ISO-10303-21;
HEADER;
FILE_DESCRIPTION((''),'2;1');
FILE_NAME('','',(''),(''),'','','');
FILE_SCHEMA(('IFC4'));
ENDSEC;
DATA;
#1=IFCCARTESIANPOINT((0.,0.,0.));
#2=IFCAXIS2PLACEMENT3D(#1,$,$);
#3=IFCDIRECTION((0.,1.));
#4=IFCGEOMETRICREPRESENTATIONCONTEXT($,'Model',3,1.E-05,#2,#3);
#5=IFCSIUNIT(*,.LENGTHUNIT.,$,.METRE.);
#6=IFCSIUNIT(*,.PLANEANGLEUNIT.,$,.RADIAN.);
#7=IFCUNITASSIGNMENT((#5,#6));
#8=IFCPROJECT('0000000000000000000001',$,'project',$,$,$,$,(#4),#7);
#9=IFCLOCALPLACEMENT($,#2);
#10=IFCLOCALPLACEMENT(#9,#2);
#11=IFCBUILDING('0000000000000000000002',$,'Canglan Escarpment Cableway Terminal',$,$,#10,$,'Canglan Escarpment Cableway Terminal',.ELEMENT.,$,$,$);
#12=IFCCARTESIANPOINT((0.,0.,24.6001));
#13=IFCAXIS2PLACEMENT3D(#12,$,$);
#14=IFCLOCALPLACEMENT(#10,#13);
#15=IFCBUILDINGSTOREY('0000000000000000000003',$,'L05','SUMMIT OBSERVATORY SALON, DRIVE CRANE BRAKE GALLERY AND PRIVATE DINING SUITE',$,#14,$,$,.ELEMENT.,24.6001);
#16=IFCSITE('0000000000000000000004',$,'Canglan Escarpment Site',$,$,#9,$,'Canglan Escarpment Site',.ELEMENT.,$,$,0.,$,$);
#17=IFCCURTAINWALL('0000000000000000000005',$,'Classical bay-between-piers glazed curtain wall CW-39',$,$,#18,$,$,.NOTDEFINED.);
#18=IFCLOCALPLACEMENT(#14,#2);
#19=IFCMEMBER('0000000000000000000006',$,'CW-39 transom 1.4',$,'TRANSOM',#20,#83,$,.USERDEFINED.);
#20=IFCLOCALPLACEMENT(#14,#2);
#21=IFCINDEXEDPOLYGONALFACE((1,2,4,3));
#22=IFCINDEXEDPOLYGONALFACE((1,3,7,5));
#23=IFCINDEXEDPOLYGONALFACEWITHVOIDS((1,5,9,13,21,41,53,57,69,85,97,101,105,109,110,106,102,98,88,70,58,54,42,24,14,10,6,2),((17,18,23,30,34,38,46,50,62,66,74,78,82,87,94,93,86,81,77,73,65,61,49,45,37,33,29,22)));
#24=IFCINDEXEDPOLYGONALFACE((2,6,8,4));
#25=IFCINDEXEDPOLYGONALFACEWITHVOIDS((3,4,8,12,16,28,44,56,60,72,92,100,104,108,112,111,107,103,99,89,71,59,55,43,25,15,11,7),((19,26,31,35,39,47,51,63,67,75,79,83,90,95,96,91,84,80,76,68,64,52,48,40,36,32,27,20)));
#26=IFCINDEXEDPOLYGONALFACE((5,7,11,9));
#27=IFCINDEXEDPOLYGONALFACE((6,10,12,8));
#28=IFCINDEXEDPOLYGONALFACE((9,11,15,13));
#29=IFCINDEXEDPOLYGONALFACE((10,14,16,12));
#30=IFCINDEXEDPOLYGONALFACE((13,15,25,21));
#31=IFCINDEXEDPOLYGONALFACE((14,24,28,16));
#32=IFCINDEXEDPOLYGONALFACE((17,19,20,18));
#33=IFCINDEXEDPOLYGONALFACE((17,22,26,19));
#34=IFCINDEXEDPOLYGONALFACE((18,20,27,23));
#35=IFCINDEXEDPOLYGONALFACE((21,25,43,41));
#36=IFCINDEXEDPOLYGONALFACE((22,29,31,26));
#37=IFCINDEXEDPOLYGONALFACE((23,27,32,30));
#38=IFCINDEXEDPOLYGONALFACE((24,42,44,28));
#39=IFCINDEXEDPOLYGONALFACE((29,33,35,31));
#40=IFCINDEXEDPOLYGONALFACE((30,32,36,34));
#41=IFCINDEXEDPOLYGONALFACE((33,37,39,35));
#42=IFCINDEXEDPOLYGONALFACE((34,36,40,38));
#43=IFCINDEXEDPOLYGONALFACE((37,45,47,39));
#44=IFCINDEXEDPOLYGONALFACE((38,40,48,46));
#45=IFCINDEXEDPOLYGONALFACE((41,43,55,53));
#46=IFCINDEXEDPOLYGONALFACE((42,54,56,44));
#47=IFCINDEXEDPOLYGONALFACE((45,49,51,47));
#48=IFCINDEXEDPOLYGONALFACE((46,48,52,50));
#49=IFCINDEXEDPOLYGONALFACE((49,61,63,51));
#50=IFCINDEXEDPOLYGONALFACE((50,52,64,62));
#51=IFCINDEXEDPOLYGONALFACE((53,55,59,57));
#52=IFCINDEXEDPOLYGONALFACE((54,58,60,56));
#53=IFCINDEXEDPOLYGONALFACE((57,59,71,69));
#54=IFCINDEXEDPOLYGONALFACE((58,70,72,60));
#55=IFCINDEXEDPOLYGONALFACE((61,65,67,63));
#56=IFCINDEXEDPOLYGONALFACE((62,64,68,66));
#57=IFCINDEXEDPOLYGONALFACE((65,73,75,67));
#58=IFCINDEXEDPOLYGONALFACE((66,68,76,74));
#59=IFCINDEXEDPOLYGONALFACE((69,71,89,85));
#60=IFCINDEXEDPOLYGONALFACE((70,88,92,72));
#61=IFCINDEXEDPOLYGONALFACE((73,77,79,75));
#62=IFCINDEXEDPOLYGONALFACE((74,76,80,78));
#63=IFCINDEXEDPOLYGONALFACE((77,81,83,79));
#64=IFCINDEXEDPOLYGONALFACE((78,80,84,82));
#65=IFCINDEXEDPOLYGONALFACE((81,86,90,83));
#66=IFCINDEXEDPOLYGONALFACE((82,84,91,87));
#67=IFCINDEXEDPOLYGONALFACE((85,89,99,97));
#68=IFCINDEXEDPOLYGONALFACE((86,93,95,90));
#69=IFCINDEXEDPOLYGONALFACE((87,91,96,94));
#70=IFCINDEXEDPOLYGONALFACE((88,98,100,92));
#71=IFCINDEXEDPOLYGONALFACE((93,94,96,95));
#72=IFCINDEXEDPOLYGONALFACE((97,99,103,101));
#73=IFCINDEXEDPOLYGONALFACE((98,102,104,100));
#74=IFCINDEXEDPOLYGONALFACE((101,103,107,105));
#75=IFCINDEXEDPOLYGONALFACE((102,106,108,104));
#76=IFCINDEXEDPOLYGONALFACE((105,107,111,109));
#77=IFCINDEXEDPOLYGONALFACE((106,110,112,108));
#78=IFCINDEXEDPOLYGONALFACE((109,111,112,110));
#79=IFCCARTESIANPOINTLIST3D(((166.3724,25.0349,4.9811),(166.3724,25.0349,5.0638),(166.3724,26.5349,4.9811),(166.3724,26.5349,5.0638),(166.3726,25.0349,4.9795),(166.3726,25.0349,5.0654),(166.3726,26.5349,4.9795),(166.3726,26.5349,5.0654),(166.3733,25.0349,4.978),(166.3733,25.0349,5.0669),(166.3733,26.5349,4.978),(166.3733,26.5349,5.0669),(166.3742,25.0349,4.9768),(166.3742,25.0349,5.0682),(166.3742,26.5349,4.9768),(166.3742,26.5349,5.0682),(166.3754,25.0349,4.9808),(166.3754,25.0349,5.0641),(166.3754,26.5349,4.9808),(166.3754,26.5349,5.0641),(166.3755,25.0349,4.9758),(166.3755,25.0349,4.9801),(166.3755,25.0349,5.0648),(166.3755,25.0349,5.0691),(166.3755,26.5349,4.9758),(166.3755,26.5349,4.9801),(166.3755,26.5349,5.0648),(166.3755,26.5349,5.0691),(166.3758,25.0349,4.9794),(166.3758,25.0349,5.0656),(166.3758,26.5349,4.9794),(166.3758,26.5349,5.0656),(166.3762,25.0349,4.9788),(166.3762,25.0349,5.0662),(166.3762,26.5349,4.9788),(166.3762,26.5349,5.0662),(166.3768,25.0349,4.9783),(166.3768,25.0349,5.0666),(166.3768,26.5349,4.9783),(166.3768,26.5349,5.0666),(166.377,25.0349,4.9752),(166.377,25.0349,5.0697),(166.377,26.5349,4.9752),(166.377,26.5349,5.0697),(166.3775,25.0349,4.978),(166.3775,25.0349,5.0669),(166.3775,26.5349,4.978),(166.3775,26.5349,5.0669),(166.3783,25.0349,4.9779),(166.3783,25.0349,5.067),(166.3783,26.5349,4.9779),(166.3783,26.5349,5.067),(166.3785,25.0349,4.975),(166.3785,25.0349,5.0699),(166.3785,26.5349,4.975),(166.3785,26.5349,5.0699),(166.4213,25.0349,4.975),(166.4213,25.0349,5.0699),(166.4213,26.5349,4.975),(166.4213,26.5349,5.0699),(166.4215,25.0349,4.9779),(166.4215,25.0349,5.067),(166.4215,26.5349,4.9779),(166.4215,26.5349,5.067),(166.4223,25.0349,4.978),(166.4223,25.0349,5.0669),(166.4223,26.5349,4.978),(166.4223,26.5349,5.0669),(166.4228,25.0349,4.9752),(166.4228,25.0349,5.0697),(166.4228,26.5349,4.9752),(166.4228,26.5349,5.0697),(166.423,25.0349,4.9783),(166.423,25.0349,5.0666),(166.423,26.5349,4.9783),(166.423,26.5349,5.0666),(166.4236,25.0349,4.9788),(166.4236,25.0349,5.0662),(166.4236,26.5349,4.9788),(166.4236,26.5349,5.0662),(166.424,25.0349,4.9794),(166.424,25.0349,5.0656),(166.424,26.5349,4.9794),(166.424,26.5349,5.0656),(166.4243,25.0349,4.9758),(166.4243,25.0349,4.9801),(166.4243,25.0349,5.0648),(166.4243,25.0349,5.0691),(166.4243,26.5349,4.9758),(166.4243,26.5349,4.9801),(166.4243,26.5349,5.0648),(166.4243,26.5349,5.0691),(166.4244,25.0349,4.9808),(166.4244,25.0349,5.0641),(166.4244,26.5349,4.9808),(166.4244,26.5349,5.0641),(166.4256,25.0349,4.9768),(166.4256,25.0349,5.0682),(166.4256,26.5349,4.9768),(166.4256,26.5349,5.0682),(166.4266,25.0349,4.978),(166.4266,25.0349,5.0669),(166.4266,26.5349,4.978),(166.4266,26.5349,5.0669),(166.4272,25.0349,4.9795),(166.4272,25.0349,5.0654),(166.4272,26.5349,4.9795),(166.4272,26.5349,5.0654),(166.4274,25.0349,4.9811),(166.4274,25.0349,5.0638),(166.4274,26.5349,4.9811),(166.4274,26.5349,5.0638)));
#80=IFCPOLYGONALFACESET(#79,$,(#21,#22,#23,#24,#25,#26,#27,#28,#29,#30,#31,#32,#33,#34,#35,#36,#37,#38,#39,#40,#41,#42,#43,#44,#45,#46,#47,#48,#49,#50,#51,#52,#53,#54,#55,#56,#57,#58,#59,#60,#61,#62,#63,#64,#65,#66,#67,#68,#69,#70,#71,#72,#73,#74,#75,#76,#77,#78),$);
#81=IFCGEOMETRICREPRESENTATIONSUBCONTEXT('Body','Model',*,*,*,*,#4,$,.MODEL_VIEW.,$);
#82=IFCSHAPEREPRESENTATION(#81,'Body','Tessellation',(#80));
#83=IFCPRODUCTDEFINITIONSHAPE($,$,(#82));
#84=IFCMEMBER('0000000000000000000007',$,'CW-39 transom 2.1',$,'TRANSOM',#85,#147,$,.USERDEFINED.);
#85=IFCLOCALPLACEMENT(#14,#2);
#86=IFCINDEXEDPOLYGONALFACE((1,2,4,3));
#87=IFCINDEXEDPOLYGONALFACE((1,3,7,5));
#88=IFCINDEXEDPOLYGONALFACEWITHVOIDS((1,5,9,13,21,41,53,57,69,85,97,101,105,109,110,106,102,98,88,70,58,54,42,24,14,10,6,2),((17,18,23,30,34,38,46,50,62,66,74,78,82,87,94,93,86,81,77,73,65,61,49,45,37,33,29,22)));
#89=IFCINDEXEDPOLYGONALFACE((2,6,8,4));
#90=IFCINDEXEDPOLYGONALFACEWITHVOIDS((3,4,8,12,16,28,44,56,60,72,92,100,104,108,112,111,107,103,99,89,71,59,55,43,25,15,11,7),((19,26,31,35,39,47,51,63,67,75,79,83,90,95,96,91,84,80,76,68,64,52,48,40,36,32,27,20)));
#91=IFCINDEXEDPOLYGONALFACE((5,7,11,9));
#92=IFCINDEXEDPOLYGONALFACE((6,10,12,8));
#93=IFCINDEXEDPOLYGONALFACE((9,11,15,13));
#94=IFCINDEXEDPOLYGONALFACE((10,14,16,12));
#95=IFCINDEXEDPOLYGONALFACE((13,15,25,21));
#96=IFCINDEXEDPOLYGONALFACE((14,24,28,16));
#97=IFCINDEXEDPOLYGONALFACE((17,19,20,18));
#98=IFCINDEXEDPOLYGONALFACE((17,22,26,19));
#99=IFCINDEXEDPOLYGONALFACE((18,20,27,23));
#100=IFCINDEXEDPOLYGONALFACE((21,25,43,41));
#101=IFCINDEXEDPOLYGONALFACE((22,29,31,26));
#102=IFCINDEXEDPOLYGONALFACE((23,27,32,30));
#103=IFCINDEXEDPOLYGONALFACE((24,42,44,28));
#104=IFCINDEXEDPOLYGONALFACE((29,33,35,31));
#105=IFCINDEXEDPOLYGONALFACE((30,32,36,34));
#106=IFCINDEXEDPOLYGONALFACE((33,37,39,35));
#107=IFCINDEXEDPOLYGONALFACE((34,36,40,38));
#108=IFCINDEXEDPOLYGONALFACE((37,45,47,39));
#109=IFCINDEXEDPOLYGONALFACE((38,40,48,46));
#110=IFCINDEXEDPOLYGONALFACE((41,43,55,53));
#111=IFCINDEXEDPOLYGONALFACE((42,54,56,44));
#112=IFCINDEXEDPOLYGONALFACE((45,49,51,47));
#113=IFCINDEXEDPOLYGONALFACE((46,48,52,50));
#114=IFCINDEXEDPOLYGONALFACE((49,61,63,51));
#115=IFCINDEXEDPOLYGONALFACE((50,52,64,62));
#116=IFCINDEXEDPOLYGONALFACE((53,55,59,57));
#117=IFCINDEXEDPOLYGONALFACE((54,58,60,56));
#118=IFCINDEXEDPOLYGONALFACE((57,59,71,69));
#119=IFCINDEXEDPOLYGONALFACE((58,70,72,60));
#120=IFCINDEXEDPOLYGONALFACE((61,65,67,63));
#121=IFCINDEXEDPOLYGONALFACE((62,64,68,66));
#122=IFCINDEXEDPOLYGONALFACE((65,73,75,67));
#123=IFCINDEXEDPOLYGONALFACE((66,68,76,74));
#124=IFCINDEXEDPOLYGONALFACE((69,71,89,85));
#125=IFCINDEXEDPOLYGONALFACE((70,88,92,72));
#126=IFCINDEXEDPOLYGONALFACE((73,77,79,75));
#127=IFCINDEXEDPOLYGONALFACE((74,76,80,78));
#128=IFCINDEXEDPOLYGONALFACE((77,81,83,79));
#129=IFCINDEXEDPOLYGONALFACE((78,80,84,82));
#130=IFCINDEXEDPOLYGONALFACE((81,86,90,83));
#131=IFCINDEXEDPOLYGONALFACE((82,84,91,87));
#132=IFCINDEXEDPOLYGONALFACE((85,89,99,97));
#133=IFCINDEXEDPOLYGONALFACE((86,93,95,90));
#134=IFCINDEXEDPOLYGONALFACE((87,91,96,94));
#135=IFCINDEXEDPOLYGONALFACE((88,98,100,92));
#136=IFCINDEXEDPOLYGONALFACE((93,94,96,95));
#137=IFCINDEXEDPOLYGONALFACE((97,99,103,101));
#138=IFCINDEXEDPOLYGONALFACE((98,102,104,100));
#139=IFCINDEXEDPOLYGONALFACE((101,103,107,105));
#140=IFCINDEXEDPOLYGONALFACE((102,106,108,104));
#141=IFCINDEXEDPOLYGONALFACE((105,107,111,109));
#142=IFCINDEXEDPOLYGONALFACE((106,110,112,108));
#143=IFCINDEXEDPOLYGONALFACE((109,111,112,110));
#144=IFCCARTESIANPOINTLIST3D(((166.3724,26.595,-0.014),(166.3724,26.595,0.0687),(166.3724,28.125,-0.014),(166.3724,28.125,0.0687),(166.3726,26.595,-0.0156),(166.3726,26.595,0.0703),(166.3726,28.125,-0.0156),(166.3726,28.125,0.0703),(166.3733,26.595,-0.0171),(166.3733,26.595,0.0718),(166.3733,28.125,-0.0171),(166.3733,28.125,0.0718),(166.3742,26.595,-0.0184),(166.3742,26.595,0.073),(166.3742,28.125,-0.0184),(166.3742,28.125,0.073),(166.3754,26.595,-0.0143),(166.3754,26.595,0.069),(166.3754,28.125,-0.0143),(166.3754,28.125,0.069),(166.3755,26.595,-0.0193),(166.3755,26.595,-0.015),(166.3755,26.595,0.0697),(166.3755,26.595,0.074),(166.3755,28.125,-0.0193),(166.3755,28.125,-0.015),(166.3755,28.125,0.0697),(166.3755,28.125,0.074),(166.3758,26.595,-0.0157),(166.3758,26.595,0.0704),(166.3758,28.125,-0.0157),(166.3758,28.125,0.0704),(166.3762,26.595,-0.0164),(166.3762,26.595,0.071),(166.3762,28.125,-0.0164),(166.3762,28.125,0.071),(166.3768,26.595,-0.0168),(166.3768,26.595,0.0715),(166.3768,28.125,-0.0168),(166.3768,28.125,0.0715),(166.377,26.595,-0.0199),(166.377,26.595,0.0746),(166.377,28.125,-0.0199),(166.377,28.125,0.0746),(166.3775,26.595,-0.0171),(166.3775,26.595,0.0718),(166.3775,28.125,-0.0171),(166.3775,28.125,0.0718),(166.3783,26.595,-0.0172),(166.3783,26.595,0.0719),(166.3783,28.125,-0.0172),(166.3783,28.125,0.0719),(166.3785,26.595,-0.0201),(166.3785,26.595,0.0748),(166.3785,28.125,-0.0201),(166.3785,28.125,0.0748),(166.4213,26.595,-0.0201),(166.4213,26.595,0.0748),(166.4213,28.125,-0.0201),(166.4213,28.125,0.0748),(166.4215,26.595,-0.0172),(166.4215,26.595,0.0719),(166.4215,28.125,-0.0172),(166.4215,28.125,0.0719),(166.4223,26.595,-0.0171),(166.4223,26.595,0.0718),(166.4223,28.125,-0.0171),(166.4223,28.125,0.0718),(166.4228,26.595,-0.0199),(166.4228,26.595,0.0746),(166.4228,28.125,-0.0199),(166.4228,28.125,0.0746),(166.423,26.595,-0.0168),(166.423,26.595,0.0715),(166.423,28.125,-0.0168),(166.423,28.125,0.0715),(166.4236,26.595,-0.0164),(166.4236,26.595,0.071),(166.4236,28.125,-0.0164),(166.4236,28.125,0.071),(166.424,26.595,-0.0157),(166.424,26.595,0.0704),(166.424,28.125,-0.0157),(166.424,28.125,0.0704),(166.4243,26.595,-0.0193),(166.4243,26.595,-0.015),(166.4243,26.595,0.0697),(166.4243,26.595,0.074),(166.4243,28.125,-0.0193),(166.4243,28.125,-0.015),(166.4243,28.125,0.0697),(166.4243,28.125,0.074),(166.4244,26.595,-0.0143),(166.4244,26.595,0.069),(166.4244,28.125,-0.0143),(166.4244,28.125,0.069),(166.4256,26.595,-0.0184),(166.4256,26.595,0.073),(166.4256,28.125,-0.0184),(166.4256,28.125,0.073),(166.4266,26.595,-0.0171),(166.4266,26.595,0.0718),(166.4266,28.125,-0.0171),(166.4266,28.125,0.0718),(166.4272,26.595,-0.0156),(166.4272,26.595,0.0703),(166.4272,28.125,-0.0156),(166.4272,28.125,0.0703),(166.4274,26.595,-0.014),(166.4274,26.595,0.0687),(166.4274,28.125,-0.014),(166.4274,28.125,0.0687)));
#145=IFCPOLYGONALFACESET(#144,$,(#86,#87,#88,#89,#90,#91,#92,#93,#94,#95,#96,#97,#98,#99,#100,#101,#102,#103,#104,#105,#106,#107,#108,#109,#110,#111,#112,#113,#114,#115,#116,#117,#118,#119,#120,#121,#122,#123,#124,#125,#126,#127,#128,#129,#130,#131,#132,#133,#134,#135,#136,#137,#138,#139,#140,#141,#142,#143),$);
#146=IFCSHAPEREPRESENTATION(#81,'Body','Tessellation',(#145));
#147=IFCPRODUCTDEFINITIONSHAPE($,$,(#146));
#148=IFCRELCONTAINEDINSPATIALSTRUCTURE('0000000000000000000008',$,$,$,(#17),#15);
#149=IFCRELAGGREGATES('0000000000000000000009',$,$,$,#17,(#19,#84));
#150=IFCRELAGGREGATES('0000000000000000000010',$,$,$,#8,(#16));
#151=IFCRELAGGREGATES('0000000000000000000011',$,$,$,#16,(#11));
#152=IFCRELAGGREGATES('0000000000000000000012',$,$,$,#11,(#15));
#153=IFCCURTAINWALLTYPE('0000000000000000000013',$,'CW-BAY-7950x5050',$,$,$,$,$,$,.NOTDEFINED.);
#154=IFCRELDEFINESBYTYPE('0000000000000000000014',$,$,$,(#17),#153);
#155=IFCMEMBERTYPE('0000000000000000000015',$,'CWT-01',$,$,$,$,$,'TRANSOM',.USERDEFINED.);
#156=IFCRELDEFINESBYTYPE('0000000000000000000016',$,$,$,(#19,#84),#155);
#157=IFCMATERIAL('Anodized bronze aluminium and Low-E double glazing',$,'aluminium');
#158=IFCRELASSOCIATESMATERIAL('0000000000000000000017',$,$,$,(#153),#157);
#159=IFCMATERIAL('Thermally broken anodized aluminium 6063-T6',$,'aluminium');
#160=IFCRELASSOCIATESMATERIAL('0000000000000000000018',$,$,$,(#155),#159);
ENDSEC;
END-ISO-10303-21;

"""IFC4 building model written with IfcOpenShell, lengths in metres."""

from ifc_helpers import new_model, si_unit, direction, frame, origin, origin_2d, place, context, subcontext, project, spatial, hollow_rectangle, extrude, material, material_profile, profile_set, type_object, element, aggregate, save


model = new_model("IFC4")

# Units and contexts
model_context = context("Model", 3, precision=1e-05, world=origin(), true_north=direction((0.0, 1.0)))
body_context = subcontext(model_context, "Body", "Model", "MODEL_VIEW")
ifc_project = project(units=[si_unit("LENGTHUNIT", "METRE"), si_unit("PLANEANGLEUNIT", "RADIAN")], contexts=[model_context])

# Site, building, storey
site_placement = place(None, origin())
site = spatial("IfcSite", under=ifc_project, at=site_placement, Name="Canglan Escarpment Site", LongName="Canglan Escarpment Site", CompositionType="ELEMENT", RefElevation=0.0)
building_placement = place(site_placement, origin())
building = spatial("IfcBuilding", under=site, at=building_placement, Name="Canglan Escarpment Cableway Terminal", LongName="Canglan Escarpment Cableway Terminal", CompositionType="ELEMENT")
storey_placement = place(building_placement, frame((0.0, 0.0, 24.6001)))
storey = spatial("IfcBuildingStorey", under=building, at=storey_placement, Name="L05", Description="SUMMIT OBSERVATORY SALON, DRIVE CRANE BRAKE GALLERY AND PRIVATE DINING SUITE", CompositionType="ELEMENT", Elevation=24.6001)

# Curtain wall, members
ifc_material_1 = material(Name="Anodized bronze aluminium and Low-E double glazing", Category="aluminium")
curtain_wall_type = type_object("IfcCurtainWallType", Name="CW-BAY-7950x5050", PredefinedType="NOTDEFINED", material=ifc_material_1)
curtain_wall_placement = place(storey_placement, origin())
curtain_wall = element("IfcCurtainWall", 1, at=curtain_wall_placement, inside=storey, type_object=curtain_wall_type, Name="Classical bay-between-piers glazed curtain wall CW-39", PredefinedType="NOTDEFINED")
ifc_material_2 = material(Name="Thermally broken anodized aluminium 6063-T6", Category="aluminium")
ifc_material_profile_1 = material_profile(ifc_material_2, hollow_rectangle(XDim=0.0549, YDim=0.095, WallThickness=0.0029, InnerFilletRadius=0.0029, OuterFilletRadius=0.0061, at=origin_2d()), Name="ALU-TRAN 55x95x3")
ifc_profile_set_1 = profile_set([ifc_material_profile_1], Name="Thermally broken anodized aluminium 6063-T6")
member_type_1 = type_object("IfcMemberType", Name="CWT-01", ElementType="TRANSOM", PredefinedType="USERDEFINED", material=ifc_profile_set_1)
member_1_placement = place(storey_placement, frame((166.3999, 25.0349, 5.0225), z_axis=(0.0, 1.0, 0.0), x_axis=(-1.0, 0.0, 0.0)))
member_1 = element("IfcMember", 2, at=member_1_placement, type_object=member_type_1, Name="CW-39 transom 1.4", ObjectType="TRANSOM", PredefinedType="USERDEFINED", context=body_context, shape_type="SweptSolid", body=[
    extrude(hollow_rectangle(XDim=0.0549, YDim=0.095, WallThickness=0.0029, InnerFilletRadius=0.0029, OuterFilletRadius=0.0061, at=origin_2d()), origin(), (0.0, 0.0, 1.0), 1.5),
])
member_2_placement = place(storey_placement, frame((166.3999, 26.595, 0.0273), z_axis=(0.0, 1.0, 0.0), x_axis=(-1.0, 0.0, 0.0)))
member_2 = element("IfcMember", 3, at=member_2_placement, type_object=member_type_1, Name="CW-39 transom 2.1", ObjectType="TRANSOM", PredefinedType="USERDEFINED", context=body_context, shape_type="SweptSolid", body=[
    extrude(hollow_rectangle(XDim=0.0549, YDim=0.095, WallThickness=0.0029, InnerFilletRadius=0.0029, OuterFilletRadius=0.0061, at=origin_2d()), origin(), (0.0, 0.0, 1.0), 1.53),
])
aggregate(curtain_wall, [member_1, member_2])

save(model, "model.ifc")
